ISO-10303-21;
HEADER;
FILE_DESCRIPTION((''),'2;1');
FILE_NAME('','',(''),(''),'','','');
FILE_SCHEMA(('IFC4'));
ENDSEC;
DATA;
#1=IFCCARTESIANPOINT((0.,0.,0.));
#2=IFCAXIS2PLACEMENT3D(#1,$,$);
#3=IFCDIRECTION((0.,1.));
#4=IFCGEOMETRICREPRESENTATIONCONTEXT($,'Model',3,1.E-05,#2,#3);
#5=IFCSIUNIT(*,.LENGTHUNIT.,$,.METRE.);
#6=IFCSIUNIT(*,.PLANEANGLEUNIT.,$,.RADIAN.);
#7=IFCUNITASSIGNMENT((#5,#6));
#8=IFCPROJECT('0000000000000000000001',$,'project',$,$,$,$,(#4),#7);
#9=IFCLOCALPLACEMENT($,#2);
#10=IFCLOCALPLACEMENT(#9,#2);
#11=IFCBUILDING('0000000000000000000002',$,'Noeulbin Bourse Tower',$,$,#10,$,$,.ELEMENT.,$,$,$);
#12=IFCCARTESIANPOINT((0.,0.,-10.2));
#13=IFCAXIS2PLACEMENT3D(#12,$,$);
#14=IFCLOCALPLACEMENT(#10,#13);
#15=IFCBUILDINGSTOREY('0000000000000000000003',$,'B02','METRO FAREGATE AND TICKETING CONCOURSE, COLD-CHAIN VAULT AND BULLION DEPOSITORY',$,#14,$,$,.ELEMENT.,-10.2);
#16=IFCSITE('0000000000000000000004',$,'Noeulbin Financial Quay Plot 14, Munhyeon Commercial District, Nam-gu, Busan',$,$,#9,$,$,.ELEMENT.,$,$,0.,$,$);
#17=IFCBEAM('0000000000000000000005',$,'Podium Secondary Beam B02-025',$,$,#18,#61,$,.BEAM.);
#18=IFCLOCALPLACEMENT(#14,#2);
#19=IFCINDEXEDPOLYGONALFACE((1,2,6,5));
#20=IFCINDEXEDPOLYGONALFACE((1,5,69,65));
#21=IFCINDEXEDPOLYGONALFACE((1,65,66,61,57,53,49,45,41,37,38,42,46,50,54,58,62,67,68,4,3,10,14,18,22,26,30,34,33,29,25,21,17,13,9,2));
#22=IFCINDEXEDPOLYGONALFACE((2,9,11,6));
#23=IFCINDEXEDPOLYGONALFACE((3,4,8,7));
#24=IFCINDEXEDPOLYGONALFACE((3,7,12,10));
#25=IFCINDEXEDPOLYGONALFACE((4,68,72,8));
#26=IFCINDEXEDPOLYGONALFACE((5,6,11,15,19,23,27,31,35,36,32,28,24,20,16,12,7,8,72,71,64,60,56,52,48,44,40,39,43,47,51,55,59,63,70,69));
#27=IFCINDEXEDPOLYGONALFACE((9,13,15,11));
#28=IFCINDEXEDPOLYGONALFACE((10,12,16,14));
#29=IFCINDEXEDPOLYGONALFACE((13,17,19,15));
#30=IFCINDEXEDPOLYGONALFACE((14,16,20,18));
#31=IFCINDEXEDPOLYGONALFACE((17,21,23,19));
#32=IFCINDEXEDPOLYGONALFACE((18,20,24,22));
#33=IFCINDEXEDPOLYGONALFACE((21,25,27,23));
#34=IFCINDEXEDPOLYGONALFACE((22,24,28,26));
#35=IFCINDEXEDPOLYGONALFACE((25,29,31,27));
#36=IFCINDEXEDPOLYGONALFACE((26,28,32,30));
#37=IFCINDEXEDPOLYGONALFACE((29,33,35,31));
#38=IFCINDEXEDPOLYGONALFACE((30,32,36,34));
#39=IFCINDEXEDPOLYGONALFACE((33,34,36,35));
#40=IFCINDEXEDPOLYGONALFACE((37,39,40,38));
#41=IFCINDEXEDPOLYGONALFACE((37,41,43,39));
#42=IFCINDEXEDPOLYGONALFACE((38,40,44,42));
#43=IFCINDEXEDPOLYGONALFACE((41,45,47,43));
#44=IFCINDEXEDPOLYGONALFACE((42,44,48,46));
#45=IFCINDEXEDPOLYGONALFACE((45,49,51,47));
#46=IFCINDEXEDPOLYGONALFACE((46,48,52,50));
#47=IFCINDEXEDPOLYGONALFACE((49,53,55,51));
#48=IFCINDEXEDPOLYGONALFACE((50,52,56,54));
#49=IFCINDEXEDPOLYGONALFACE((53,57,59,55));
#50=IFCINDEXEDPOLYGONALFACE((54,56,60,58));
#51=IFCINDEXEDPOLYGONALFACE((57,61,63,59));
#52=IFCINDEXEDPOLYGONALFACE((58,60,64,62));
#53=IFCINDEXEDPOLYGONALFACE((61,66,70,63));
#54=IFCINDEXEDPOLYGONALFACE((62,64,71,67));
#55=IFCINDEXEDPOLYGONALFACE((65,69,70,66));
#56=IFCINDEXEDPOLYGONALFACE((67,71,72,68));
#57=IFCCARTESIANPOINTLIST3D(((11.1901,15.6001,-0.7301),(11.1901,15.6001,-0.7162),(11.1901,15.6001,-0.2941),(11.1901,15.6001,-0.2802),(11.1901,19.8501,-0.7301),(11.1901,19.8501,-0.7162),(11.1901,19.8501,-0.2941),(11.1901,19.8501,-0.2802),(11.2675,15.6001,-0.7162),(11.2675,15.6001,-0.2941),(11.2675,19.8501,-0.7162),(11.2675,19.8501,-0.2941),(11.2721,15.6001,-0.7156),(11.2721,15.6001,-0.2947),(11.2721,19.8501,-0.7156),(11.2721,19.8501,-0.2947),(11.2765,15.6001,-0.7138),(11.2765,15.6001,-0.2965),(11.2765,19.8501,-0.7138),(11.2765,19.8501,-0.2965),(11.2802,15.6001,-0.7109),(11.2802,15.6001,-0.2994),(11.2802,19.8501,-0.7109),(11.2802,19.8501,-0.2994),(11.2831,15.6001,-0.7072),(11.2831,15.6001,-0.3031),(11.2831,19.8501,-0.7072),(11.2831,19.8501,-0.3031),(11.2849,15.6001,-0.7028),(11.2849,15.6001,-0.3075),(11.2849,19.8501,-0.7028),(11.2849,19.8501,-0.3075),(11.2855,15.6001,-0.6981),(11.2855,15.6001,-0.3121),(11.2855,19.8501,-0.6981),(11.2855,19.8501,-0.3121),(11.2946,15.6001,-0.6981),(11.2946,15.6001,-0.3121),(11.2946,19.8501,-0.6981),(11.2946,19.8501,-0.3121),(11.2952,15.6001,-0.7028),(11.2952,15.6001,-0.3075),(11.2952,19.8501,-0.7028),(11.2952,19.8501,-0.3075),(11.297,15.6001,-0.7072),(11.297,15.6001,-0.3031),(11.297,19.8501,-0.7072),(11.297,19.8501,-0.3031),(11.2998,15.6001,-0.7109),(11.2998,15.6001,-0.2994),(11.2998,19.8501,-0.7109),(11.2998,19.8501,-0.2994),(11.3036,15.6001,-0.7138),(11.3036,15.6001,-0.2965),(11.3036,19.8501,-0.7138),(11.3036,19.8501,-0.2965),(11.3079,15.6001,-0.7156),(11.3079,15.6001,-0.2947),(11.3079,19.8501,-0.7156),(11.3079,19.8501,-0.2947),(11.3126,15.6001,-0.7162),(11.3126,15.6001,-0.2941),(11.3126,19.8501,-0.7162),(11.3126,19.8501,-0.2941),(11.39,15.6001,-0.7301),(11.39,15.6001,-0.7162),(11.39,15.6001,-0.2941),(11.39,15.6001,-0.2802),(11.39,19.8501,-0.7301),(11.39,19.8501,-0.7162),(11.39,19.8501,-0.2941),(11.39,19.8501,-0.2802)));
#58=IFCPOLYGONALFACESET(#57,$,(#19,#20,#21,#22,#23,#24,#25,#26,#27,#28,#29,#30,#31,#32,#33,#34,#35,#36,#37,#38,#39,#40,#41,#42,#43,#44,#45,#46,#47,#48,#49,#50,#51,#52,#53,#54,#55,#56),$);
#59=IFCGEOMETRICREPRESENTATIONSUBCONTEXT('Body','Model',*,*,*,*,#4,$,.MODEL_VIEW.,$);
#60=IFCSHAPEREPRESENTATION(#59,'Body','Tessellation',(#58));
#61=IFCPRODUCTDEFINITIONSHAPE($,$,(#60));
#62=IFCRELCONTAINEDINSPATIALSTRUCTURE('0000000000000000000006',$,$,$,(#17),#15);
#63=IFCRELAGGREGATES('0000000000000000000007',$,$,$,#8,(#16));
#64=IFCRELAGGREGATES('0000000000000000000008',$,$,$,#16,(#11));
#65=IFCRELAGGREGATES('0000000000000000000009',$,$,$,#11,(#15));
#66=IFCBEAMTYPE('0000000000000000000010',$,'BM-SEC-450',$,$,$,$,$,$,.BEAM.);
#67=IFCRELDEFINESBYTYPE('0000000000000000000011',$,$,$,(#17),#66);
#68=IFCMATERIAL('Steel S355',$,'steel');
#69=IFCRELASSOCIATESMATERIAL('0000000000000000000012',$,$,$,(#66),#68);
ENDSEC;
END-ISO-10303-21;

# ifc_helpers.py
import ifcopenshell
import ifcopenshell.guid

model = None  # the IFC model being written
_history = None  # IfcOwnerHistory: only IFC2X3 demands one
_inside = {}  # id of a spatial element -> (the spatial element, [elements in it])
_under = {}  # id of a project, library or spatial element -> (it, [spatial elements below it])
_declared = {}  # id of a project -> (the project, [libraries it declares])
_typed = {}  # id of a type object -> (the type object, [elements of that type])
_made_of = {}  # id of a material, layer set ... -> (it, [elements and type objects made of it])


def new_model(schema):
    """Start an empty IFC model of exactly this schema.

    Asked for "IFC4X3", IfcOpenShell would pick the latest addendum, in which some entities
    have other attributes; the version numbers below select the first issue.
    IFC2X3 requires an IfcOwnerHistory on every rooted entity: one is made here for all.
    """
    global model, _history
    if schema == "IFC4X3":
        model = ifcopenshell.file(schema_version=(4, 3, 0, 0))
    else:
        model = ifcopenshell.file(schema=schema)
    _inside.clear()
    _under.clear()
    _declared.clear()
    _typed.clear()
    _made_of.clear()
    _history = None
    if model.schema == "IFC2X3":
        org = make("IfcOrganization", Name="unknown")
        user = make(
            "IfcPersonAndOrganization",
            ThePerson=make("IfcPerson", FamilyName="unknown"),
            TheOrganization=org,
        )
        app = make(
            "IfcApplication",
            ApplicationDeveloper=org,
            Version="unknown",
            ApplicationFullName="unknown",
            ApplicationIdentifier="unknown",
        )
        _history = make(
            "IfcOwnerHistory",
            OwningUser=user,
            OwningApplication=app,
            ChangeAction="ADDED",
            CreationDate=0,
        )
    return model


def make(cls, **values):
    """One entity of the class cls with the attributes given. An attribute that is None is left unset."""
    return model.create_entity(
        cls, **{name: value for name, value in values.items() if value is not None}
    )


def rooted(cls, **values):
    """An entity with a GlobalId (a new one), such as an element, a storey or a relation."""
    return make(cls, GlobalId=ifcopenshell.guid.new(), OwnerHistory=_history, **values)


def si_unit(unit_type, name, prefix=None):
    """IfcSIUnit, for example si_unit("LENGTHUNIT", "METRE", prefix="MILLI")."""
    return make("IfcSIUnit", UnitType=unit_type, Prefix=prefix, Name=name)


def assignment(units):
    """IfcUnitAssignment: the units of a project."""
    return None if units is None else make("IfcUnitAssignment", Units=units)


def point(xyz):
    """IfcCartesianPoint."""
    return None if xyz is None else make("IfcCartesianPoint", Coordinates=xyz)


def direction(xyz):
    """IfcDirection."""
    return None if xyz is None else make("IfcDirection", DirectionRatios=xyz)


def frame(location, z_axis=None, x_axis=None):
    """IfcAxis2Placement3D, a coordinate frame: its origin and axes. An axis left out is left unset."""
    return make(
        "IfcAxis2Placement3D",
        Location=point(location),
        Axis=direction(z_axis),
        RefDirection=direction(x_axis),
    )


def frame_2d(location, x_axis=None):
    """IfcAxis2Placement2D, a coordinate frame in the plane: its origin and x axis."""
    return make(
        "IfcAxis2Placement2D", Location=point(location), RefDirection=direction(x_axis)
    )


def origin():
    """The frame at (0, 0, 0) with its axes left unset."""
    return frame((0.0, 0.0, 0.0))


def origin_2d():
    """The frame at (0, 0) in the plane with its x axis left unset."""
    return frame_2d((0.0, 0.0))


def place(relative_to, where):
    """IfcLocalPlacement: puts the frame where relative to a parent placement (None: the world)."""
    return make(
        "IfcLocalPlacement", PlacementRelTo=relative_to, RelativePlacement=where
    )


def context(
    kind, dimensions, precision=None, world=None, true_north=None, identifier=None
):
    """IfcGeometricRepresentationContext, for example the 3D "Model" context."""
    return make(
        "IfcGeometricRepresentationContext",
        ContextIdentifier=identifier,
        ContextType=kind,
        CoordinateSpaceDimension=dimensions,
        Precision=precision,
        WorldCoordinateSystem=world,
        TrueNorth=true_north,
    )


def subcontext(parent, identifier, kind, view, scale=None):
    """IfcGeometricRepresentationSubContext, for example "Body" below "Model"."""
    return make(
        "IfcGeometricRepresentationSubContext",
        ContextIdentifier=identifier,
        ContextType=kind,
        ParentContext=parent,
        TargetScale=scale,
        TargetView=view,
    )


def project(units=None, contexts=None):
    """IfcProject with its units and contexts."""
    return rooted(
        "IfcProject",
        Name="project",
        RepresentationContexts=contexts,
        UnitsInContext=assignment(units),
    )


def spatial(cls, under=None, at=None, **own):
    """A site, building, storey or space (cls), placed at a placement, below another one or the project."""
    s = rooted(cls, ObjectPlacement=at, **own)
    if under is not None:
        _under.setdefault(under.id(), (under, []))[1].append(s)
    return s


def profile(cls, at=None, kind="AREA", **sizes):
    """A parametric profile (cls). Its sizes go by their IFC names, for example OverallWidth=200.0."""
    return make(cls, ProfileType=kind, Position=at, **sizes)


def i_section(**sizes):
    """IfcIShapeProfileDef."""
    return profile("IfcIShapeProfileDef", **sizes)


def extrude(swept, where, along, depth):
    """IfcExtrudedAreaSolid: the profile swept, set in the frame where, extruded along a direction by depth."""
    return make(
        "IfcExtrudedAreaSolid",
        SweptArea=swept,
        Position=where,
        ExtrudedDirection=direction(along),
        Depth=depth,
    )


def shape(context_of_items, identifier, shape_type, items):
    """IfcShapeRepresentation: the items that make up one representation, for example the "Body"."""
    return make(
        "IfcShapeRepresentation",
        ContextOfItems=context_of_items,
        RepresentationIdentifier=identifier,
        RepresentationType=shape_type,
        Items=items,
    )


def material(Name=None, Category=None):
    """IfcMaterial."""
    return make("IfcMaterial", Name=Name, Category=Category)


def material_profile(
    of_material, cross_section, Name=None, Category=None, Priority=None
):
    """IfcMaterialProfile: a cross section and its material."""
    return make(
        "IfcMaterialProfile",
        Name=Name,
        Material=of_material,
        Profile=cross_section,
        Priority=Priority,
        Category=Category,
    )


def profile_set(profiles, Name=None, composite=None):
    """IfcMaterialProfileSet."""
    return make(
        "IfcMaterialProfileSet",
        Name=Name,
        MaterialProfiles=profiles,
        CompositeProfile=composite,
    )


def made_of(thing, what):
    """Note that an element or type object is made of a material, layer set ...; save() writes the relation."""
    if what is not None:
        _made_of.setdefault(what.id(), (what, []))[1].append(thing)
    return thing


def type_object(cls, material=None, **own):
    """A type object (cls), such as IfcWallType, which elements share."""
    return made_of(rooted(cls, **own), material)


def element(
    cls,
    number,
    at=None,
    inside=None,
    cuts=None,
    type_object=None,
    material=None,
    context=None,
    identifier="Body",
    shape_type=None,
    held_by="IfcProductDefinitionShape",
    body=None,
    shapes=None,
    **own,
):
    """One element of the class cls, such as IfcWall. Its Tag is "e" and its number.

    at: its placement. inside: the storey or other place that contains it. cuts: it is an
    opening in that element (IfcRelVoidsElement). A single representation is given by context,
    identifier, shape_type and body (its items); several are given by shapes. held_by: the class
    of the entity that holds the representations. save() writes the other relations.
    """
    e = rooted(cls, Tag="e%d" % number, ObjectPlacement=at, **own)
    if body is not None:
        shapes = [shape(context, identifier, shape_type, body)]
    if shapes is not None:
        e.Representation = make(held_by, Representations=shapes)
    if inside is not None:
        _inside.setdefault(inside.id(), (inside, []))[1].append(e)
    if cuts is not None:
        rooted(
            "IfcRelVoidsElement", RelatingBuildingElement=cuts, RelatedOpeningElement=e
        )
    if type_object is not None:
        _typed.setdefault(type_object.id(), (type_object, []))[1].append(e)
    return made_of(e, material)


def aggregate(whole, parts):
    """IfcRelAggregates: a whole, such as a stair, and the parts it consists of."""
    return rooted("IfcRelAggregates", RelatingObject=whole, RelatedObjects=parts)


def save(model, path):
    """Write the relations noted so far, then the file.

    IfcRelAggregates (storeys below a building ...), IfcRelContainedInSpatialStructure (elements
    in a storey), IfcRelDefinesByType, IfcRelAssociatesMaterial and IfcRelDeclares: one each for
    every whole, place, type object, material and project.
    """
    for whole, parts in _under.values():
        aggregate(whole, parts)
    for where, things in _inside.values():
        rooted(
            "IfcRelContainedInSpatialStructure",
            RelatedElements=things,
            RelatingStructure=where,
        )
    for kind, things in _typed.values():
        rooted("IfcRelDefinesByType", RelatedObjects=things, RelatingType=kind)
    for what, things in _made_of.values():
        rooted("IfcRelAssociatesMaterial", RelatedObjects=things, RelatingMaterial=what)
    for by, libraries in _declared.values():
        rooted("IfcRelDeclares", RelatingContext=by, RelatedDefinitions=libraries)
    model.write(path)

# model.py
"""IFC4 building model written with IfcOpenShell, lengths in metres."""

from ifc_helpers import new_model, si_unit, direction, frame, origin, origin_2d, place, context, subcontext, project, spatial, i_section, extrude, material, material_profile, profile_set, type_object, element, save


model = new_model("IFC4")

# Units and contexts
model_context = context("Model", 3, precision=1e-05, world=origin(), true_north=direction((0.0, 1.0)))
body_context = subcontext(model_context, "Body", "Model", "MODEL_VIEW")
ifc_project = project(units=[si_unit("LENGTHUNIT", "METRE"), si_unit("PLANEANGLEUNIT", "RADIAN")], contexts=[model_context])

# Site, building, storey
site_placement = place(None, origin())
site = spatial("IfcSite", under=ifc_project, at=site_placement, Name="Noeulbin Financial Quay Plot 14, Munhyeon Commercial District, Nam-gu, Busan", CompositionType="ELEMENT", RefElevation=0.0)
building_placement = place(site_placement, origin())
building = spatial("IfcBuilding", under=site, at=building_placement, Name="Noeulbin Bourse Tower", CompositionType="ELEMENT")
storey_placement = place(building_placement, frame((0.0, 0.0, -10.2)))
storey = spatial("IfcBuildingStorey", under=building, at=storey_placement, Name="B02", Description="METRO FAREGATE AND TICKETING CONCOURSE, COLD-CHAIN VAULT AND BULLION DEPOSITORY", CompositionType="ELEMENT", Elevation=-10.2)

# Beam
ifc_material_1 = material(Name="Steel S355", Category="steel")
ifc_material_profile_1 = material_profile(ifc_material_1, i_section(OverallWidth=0.2, OverallDepth=0.45, WebThickness=0.009, FlangeThickness=0.0139, FilletRadius=0.0181, at=origin_2d()), Name="H-450x200x9x14", Category="LoadBearing")
ifc_profile_set_1 = profile_set([ifc_material_profile_1], Name="Steel S355")
beam_type_1 = type_object("IfcBeamType", Name="BM-SEC-450", PredefinedType="BEAM", material=ifc_profile_set_1)
for number, where, z_axis, x_axis, name in (
    (1, (11.29, 15.6001, -0.5051), (0.0, 1.0, 0.0), (-1.0, 0.0, 0.0), "Podium Secondary Beam B02-025"),
):
    element("IfcBeam", number, at=place(storey_placement, frame(where, z_axis=z_axis, x_axis=x_axis)), inside=storey, type_object=beam_type_1, Name=name, PredefinedType="BEAM", context=body_context, shape_type="SweptSolid", body=[
        extrude(i_section(OverallWidth=0.2, OverallDepth=0.45, WebThickness=0.009, FlangeThickness=0.0139, FilletRadius=0.0181, at=origin_2d()), origin(), (0.0, 0.0, 1.0), 4.25),
    ])

save(model, "model.ifc")
